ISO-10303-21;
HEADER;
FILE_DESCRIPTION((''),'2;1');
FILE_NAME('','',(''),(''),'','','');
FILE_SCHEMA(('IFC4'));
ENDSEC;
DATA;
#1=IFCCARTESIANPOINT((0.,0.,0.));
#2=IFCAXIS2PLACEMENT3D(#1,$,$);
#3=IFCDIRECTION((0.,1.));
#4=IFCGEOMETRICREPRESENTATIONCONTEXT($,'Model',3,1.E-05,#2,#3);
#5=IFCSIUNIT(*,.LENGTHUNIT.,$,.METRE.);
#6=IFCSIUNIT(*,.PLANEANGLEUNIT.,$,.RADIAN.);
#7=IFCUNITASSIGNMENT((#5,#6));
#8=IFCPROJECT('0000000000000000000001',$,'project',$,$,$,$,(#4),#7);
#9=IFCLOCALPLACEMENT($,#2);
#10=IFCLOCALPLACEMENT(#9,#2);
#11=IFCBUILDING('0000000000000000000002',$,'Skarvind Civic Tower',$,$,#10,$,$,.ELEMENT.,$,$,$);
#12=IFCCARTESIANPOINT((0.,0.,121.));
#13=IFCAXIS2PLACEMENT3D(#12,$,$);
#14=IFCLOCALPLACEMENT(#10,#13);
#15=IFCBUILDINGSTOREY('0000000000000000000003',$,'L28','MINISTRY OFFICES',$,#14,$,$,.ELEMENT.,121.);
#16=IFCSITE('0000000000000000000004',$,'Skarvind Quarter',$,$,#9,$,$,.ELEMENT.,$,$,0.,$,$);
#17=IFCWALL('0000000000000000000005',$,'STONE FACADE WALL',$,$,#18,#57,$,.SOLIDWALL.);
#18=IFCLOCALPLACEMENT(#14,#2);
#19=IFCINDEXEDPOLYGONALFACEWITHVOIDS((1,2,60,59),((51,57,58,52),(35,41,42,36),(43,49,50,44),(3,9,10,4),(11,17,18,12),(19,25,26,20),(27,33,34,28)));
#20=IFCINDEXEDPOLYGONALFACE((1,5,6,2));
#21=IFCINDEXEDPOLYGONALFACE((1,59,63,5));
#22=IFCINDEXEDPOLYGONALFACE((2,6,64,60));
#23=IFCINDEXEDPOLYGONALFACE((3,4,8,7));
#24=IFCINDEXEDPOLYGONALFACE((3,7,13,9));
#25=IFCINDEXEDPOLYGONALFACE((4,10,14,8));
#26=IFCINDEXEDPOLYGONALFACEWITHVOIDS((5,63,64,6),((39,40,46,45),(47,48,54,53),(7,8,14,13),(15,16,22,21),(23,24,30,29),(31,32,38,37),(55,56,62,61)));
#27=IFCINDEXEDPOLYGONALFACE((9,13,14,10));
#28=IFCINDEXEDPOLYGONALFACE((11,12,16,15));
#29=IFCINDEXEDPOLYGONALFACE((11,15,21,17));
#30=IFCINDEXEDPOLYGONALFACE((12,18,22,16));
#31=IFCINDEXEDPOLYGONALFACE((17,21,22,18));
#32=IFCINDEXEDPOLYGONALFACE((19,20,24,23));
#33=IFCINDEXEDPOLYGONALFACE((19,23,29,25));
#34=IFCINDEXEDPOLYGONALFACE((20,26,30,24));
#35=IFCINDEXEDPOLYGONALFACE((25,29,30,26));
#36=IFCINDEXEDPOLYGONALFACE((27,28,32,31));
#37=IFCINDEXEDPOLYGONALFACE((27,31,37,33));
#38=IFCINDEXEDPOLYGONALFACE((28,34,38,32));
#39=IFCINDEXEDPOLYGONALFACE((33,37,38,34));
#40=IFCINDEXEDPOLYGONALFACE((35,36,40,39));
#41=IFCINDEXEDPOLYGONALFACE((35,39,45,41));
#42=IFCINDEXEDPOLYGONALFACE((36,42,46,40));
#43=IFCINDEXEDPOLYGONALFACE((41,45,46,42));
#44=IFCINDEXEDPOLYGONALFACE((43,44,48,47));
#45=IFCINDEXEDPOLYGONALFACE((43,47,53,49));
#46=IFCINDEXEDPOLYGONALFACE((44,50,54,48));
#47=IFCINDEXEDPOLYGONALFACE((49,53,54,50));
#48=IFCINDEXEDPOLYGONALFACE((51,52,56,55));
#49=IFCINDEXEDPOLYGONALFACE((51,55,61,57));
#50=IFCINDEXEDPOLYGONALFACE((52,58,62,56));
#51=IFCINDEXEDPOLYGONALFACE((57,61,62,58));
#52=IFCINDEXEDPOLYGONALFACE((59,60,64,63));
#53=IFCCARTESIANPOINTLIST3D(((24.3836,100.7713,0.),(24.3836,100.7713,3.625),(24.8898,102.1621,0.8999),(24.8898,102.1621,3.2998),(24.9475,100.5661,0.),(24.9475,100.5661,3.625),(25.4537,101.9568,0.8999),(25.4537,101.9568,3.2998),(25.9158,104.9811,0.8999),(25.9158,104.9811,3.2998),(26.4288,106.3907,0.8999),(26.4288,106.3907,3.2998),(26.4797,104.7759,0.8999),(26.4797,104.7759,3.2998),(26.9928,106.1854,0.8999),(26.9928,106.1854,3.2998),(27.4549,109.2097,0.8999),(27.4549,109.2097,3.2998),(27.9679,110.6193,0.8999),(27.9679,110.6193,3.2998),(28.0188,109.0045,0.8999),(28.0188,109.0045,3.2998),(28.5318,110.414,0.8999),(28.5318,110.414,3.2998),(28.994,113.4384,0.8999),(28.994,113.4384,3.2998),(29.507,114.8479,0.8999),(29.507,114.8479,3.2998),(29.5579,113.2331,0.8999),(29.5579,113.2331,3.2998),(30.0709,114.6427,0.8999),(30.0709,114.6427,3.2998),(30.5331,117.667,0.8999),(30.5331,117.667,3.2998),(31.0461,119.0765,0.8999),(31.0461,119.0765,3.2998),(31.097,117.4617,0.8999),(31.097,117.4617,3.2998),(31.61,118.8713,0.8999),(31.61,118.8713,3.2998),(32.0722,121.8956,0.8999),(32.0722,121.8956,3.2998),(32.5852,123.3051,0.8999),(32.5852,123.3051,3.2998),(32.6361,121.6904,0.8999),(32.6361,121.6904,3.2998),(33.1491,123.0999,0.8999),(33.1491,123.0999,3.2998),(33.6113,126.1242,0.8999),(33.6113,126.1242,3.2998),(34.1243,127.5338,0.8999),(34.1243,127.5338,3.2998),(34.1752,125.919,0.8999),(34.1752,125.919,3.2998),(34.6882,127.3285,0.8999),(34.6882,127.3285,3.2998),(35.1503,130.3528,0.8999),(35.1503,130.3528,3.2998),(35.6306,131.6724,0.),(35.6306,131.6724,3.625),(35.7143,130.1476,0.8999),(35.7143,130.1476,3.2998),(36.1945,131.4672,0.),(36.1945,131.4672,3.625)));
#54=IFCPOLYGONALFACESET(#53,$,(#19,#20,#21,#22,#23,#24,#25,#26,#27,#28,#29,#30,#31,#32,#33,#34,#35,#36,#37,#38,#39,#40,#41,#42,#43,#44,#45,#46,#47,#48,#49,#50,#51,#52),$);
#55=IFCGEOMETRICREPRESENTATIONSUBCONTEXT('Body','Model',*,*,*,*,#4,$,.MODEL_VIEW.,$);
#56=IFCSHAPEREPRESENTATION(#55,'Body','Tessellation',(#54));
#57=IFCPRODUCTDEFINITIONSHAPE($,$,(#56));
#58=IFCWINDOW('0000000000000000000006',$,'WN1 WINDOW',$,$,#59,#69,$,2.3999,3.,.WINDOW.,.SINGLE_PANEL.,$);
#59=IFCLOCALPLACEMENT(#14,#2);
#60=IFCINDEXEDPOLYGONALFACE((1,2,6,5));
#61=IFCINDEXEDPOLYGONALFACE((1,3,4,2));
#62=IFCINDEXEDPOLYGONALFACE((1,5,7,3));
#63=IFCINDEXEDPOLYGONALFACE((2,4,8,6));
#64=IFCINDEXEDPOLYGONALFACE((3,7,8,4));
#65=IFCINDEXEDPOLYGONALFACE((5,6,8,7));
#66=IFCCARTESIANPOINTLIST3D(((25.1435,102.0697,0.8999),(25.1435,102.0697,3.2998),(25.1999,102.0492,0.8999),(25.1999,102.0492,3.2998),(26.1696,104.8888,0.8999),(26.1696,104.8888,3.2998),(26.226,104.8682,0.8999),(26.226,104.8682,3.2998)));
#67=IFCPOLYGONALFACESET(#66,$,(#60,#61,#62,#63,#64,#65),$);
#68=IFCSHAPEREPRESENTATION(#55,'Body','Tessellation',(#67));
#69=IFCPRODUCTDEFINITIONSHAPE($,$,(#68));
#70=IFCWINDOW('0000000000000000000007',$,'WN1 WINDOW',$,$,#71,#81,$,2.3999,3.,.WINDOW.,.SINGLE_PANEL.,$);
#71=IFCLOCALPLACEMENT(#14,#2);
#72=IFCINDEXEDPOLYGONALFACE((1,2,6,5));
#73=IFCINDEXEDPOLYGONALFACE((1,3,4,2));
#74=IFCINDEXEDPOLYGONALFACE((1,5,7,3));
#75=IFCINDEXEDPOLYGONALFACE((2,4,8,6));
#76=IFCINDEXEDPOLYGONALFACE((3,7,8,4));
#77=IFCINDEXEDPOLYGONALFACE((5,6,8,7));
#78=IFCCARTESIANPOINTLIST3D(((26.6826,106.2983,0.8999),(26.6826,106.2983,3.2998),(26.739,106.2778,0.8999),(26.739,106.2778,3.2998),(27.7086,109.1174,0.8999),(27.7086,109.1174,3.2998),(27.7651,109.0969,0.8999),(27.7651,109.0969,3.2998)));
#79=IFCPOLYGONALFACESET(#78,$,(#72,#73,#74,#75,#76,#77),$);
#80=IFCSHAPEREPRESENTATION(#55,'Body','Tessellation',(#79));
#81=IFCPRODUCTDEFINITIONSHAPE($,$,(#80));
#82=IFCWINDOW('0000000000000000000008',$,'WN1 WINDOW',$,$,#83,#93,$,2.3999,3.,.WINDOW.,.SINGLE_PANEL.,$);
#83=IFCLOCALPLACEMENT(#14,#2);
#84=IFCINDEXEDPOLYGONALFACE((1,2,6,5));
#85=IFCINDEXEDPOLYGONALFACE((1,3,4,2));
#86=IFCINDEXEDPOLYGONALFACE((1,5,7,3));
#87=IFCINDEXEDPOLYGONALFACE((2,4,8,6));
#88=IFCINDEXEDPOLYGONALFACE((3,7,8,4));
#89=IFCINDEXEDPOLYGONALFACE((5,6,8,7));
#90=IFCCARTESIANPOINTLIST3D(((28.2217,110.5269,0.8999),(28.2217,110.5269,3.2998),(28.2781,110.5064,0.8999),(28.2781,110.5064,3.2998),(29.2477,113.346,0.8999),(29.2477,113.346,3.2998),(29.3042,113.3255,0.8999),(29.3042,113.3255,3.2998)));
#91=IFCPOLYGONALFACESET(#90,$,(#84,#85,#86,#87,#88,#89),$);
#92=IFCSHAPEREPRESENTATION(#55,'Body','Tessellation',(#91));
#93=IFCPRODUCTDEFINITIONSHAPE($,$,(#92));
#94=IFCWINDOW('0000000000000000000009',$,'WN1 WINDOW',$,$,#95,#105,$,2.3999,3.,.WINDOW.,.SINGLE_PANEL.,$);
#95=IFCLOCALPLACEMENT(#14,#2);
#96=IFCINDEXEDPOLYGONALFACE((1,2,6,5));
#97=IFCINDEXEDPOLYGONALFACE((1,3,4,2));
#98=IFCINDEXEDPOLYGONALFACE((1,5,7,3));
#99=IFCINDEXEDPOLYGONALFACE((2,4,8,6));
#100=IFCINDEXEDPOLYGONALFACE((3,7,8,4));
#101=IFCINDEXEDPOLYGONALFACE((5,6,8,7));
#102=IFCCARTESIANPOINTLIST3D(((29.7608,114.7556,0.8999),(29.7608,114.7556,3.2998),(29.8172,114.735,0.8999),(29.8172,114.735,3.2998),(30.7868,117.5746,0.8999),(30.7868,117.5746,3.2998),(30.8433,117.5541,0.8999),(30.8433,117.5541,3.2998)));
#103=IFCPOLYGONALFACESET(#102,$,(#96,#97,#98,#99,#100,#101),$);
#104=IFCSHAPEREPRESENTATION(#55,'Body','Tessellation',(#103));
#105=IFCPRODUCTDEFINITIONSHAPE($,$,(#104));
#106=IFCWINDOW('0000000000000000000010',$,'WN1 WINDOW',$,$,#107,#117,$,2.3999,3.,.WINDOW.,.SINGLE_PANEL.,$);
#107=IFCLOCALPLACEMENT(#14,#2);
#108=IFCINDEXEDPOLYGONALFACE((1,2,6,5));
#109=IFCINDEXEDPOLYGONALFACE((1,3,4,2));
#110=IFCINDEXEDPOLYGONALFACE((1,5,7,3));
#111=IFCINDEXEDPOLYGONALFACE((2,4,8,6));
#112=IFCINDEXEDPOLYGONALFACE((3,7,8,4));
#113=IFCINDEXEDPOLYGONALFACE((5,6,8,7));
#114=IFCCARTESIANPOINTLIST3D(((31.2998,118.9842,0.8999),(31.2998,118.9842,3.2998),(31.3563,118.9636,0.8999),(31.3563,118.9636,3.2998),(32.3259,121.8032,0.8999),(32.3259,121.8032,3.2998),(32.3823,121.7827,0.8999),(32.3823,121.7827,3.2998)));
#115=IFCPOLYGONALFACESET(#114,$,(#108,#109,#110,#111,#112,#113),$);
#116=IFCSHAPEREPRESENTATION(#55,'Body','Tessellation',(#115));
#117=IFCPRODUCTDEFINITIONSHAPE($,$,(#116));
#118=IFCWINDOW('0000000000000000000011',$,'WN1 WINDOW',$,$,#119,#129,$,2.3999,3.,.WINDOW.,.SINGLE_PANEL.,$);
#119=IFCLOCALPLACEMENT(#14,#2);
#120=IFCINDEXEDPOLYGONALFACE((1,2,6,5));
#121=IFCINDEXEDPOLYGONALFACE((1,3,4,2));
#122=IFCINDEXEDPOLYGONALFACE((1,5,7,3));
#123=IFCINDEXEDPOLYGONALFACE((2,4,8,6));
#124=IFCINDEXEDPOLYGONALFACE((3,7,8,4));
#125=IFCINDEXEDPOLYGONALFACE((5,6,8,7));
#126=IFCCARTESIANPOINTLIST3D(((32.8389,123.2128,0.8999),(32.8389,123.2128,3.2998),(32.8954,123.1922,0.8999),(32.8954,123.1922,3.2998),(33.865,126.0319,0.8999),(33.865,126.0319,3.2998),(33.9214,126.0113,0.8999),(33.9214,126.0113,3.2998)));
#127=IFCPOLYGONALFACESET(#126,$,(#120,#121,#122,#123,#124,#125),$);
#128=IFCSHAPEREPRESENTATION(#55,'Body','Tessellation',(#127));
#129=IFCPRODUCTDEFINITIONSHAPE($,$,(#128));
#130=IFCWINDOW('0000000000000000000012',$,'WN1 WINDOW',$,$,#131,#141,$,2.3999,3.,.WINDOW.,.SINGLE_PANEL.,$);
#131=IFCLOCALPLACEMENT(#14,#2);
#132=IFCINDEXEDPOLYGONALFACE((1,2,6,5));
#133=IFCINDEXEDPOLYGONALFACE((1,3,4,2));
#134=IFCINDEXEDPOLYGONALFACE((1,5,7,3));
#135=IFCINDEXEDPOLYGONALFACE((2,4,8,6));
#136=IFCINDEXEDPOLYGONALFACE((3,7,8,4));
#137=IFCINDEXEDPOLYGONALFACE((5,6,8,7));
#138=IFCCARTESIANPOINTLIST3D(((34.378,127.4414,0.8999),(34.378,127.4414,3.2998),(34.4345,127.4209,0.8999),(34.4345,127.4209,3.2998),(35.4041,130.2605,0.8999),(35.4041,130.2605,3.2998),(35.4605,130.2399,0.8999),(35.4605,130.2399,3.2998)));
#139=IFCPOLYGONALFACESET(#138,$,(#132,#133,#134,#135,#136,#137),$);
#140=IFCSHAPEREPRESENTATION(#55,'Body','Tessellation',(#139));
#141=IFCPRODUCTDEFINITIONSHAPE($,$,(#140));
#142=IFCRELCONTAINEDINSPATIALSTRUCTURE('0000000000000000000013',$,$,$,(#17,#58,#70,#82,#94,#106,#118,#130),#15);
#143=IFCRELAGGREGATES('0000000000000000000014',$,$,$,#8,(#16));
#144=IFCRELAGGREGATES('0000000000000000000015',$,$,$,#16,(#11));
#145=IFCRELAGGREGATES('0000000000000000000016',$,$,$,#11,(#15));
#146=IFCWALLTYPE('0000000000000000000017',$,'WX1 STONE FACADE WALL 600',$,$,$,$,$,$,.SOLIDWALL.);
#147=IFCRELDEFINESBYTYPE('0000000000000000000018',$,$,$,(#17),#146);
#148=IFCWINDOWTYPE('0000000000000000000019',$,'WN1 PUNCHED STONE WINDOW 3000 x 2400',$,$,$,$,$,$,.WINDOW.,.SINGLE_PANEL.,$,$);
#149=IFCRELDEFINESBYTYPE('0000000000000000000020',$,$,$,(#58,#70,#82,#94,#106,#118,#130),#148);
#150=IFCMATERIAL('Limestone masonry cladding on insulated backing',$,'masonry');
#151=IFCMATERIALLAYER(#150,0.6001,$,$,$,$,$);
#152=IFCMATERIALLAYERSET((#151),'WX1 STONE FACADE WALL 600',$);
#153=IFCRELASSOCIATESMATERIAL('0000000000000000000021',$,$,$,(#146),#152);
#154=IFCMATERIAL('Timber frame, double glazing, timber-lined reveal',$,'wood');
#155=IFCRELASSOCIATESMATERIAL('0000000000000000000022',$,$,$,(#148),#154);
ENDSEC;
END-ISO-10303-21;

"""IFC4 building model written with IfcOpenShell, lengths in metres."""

from ifc_helpers import new_model, si_unit, direction, frame, frame_2d, origin, place, context, subcontext, project, spatial, rectangle, extrude, material, layer, layer_set, type_object, element, fill, save


model = new_model("IFC4")

# Units and contexts
model_context = context("Model", 3, precision=1e-05, world=origin(), true_north=direction((0.0, 1.0)))
body_context = subcontext(model_context, "Body", "Model", "MODEL_VIEW")
ifc_project = project(units=[si_unit("LENGTHUNIT", "METRE"), si_unit("PLANEANGLEUNIT", "RADIAN")], contexts=[model_context])

# Site, building, storey
site_placement = place(None, origin())
site = spatial("IfcSite", under=ifc_project, at=site_placement, Name="Skarvind Quarter", CompositionType="ELEMENT", RefElevation=0.0)
building_placement = place(site_placement, origin())
building = spatial("IfcBuilding", under=site, at=building_placement, Name="Skarvind Civic Tower", CompositionType="ELEMENT")
storey_placement = place(building_placement, frame((0.0, 0.0, 121.0)))
storey = spatial("IfcBuildingStorey", under=building, at=storey_placement, Name="L28", Description="MINISTRY OFFICES", CompositionType="ELEMENT", Elevation=121.0)

# Wall, openings, windows
ifc_material_1 = material(Name="Limestone masonry cladding on insulated backing", Category="masonry")
ifc_layer_1 = layer(ifc_material_1, 0.6001)
ifc_layer_set_1 = layer_set([ifc_layer_1], Name="WX1 STONE FACADE WALL 600")
wall_type_1 = type_object("IfcWallType", Name="WX1 STONE FACADE WALL 600", PredefinedType="SOLIDWALL", material=ifc_layer_set_1)
wall_1_placement = place(storey_placement, frame((24.6655, 100.6687, 0.0), z_axis=(0.0, 0.0, 1.0), x_axis=(0.34202, 0.939693, 0.0)))
wall_1 = element("IfcWall", 1, at=wall_1_placement, inside=storey, type_object=wall_type_1, Name="STONE FACADE WALL", PredefinedType="SOLIDWALL", context=body_context, shape_type="SweptSolid", body=[
    extrude(rectangle(XDim=32.8843, YDim=0.6001, at=frame_2d((16.4421, 0.0))), origin(), (0.0, 0.0, 1.0), 3.625),
])
opening_1_placement = place(wall_1_placement, frame((1.48, 0.0, 0.8999)))
opening_1 = element("IfcOpeningElement", 2, at=opening_1_placement, cuts=wall_1, PredefinedType="OPENING", context=body_context, shape_type="SweptSolid", body=[
    extrude(rectangle(XDim=3.0, YDim=2.3999, at=frame_2d((1.5, 1.2))), frame((0.0, 0.3101, 0.0), z_axis=(0.0, -1.0, 0.0), x_axis=(1.0, 0.0, 0.0)), (0.0, 0.0, 1.0), 0.6201),
])
opening_2_placement = place(wall_1_placement, frame((5.98, 0.0, 0.8999)))
opening_2 = element("IfcOpeningElement", 3, at=opening_2_placement, cuts=wall_1, PredefinedType="OPENING", context=body_context, shape_type="SweptSolid", body=[
    extrude(rectangle(XDim=3.0, YDim=2.3999, at=frame_2d((1.5, 1.2))), frame((0.0, 0.3101, 0.0), z_axis=(0.0, -1.0, 0.0), x_axis=(1.0, 0.0, 0.0)), (0.0, 0.0, 1.0), 0.6201),
])
opening_3_placement = place(wall_1_placement, frame((10.48, 0.0, 0.8999)))
opening_3 = element("IfcOpeningElement", 4, at=opening_3_placement, cuts=wall_1, PredefinedType="OPENING", context=body_context, shape_type="SweptSolid", body=[
    extrude(rectangle(XDim=3.0, YDim=2.3999, at=frame_2d((1.5, 1.2))), frame((0.0, 0.3101, 0.0), z_axis=(0.0, -1.0, 0.0), x_axis=(1.0, 0.0, 0.0)), (0.0, 0.0, 1.0), 0.6201),
])
opening_4_placement = place(wall_1_placement, frame((14.98, 0.0, 0.8999)))
opening_4 = element("IfcOpeningElement", 5, at=opening_4_placement, cuts=wall_1, PredefinedType="OPENING", context=body_context, shape_type="SweptSolid", body=[
    extrude(rectangle(XDim=3.0, YDim=2.3999, at=frame_2d((1.5, 1.2))), frame((0.0, 0.3101, 0.0), z_axis=(0.0, -1.0, 0.0), x_axis=(1.0, 0.0, 0.0)), (0.0, 0.0, 1.0), 0.6201),
])
opening_5_placement = place(wall_1_placement, frame((19.48, 0.0, 0.8999)))
opening_5 = element("IfcOpeningElement", 6, at=opening_5_placement, cuts=wall_1, PredefinedType="OPENING", context=body_context, shape_type="SweptSolid", body=[
    extrude(rectangle(XDim=3.0, YDim=2.3999, at=frame_2d((1.5, 1.2))), frame((0.0, 0.3101, 0.0), z_axis=(0.0, -1.0, 0.0), x_axis=(1.0, 0.0, 0.0)), (0.0, 0.0, 1.0), 0.6201),
])
opening_6_placement = place(wall_1_placement, frame((23.98, 0.0, 0.8999)))
opening_6 = element("IfcOpeningElement", 7, at=opening_6_placement, cuts=wall_1, PredefinedType="OPENING", context=body_context, shape_type="SweptSolid", body=[
    extrude(rectangle(XDim=3.0, YDim=2.3999, at=frame_2d((1.5, 1.2))), frame((0.0, 0.3101, 0.0), z_axis=(0.0, -1.0, 0.0), x_axis=(1.0, 0.0, 0.0)), (0.0, 0.0, 1.0), 0.6201),
])
opening_7_placement = place(wall_1_placement, frame((28.48, 0.0, 0.8999)))
opening_7 = element("IfcOpeningElement", 8, at=opening_7_placement, cuts=wall_1, PredefinedType="OPENING", context=body_context, shape_type="SweptSolid", body=[
    extrude(rectangle(XDim=3.0, YDim=2.3999, at=frame_2d((1.5, 1.2))), frame((0.0, 0.3101, 0.0), z_axis=(0.0, -1.0, 0.0), x_axis=(1.0, 0.0, 0.0)), (0.0, 0.0, 1.0), 0.6201),
])
ifc_material_2 = material(Name="Timber frame, double glazing, timber-lined reveal", Category="wood")
window_type = type_object("IfcWindowType", Name="WN1 PUNCHED STONE WINDOW 3000 x 2400", PartitioningType="SINGLE_PANEL", PredefinedType="WINDOW", material=ifc_material_2)
window_1_placement = place(opening_1_placement, origin())
window_1 = element("IfcWindow", 9, at=window_1_placement, inside=storey, type_object=window_type, Name="WN1 WINDOW", OverallHeight=2.3999, OverallWidth=3.0, PartitioningType="SINGLE_PANEL", PredefinedType="WINDOW", context=body_context, shape_type="SweptSolid", body=[
    extrude(rectangle(XDim=3.0, YDim=2.3999, at=frame_2d((1.5, 1.2))), frame((0.0, 0.03, 0.0), z_axis=(0.0, -1.0, 0.0), x_axis=(1.0, 0.0, 0.0)), (0.0, 0.0, 1.0), 0.0601),
])
fill(opening_1, window_1)
window_2_placement = place(opening_2_placement, origin())
window_2 = element("IfcWindow", 10, at=window_2_placement, inside=storey, type_object=window_type, Name="WN1 WINDOW", OverallHeight=2.3999, OverallWidth=3.0, PartitioningType="SINGLE_PANEL", PredefinedType="WINDOW", context=body_context, shape_type="SweptSolid", body=[
    extrude(rectangle(XDim=3.0, YDim=2.3999, at=frame_2d((1.5, 1.2))), frame((0.0, 0.03, 0.0), z_axis=(0.0, -1.0, 0.0), x_axis=(1.0, 0.0, 0.0)), (0.0, 0.0, 1.0), 0.0601),
])
fill(opening_2, window_2)
window_3_placement = place(opening_3_placement, origin())
window_3 = element("IfcWindow", 11, at=window_3_placement, inside=storey, type_object=window_type, Name="WN1 WINDOW", OverallHeight=2.3999, OverallWidth=3.0, PartitioningType="SINGLE_PANEL", PredefinedType="WINDOW", context=body_context, shape_type="SweptSolid", body=[
    extrude(rectangle(XDim=3.0, YDim=2.3999, at=frame_2d((1.5, 1.2))), frame((0.0, 0.03, 0.0), z_axis=(0.0, -1.0, 0.0), x_axis=(1.0, 0.0, 0.0)), (0.0, 0.0, 1.0), 0.0601),
])
fill(opening_3, window_3)
window_4_placement = place(opening_4_placement, origin())
window_4 = element("IfcWindow", 12, at=window_4_placement, inside=storey, type_object=window_type, Name="WN1 WINDOW", OverallHeight=2.3999, OverallWidth=3.0, PartitioningType="SINGLE_PANEL", PredefinedType="WINDOW", context=body_context, shape_type="SweptSolid", body=[
    extrude(rectangle(XDim=3.0, YDim=2.3999, at=frame_2d((1.5, 1.2))), frame((0.0, 0.03, 0.0), z_axis=(0.0, -1.0, 0.0), x_axis=(1.0, 0.0, 0.0)), (0.0, 0.0, 1.0), 0.0601),
])
fill(opening_4, window_4)
window_5_placement = place(opening_5_placement, origin())
window_5 = element("IfcWindow", 13, at=window_5_placement, inside=storey, type_object=window_type, Name="WN1 WINDOW", OverallHeight=2.3999, OverallWidth=3.0, PartitioningType="SINGLE_PANEL", PredefinedType="WINDOW", context=body_context, shape_type="SweptSolid", body=[
    extrude(rectangle(XDim=3.0, YDim=2.3999, at=frame_2d((1.5, 1.2))), frame((0.0, 0.03, 0.0), z_axis=(0.0, -1.0, 0.0), x_axis=(1.0, 0.0, 0.0)), (0.0, 0.0, 1.0), 0.0601),
])
fill(opening_5, window_5)
window_6_placement = place(opening_6_placement, origin())
window_6 = element("IfcWindow", 14, at=window_6_placement, inside=storey, type_object=window_type, Name="WN1 WINDOW", OverallHeight=2.3999, OverallWidth=3.0, PartitioningType="SINGLE_PANEL", PredefinedType="WINDOW", context=body_context, shape_type="SweptSolid", body=[
    extrude(rectangle(XDim=3.0, YDim=2.3999, at=frame_2d((1.5, 1.2))), frame((0.0, 0.03, 0.0), z_axis=(0.0, -1.0, 0.0), x_axis=(1.0, 0.0, 0.0)), (0.0, 0.0, 1.0), 0.0601),
])
fill(opening_6, window_6)
window_7_placement = place(opening_7_placement, origin())
window_7 = element("IfcWindow", 15, at=window_7_placement, inside=storey, type_object=window_type, Name="WN1 WINDOW", OverallHeight=2.3999, OverallWidth=3.0, PartitioningType="SINGLE_PANEL", PredefinedType="WINDOW", context=body_context, shape_type="SweptSolid", body=[
    extrude(rectangle(XDim=3.0, YDim=2.3999, at=frame_2d((1.5, 1.2))), frame((0.0, 0.03, 0.0), z_axis=(0.0, -1.0, 0.0), x_axis=(1.0, 0.0, 0.0)), (0.0, 0.0, 1.0), 0.0601),
])
fill(opening_7, window_7)

save(model, "model.ifc")
